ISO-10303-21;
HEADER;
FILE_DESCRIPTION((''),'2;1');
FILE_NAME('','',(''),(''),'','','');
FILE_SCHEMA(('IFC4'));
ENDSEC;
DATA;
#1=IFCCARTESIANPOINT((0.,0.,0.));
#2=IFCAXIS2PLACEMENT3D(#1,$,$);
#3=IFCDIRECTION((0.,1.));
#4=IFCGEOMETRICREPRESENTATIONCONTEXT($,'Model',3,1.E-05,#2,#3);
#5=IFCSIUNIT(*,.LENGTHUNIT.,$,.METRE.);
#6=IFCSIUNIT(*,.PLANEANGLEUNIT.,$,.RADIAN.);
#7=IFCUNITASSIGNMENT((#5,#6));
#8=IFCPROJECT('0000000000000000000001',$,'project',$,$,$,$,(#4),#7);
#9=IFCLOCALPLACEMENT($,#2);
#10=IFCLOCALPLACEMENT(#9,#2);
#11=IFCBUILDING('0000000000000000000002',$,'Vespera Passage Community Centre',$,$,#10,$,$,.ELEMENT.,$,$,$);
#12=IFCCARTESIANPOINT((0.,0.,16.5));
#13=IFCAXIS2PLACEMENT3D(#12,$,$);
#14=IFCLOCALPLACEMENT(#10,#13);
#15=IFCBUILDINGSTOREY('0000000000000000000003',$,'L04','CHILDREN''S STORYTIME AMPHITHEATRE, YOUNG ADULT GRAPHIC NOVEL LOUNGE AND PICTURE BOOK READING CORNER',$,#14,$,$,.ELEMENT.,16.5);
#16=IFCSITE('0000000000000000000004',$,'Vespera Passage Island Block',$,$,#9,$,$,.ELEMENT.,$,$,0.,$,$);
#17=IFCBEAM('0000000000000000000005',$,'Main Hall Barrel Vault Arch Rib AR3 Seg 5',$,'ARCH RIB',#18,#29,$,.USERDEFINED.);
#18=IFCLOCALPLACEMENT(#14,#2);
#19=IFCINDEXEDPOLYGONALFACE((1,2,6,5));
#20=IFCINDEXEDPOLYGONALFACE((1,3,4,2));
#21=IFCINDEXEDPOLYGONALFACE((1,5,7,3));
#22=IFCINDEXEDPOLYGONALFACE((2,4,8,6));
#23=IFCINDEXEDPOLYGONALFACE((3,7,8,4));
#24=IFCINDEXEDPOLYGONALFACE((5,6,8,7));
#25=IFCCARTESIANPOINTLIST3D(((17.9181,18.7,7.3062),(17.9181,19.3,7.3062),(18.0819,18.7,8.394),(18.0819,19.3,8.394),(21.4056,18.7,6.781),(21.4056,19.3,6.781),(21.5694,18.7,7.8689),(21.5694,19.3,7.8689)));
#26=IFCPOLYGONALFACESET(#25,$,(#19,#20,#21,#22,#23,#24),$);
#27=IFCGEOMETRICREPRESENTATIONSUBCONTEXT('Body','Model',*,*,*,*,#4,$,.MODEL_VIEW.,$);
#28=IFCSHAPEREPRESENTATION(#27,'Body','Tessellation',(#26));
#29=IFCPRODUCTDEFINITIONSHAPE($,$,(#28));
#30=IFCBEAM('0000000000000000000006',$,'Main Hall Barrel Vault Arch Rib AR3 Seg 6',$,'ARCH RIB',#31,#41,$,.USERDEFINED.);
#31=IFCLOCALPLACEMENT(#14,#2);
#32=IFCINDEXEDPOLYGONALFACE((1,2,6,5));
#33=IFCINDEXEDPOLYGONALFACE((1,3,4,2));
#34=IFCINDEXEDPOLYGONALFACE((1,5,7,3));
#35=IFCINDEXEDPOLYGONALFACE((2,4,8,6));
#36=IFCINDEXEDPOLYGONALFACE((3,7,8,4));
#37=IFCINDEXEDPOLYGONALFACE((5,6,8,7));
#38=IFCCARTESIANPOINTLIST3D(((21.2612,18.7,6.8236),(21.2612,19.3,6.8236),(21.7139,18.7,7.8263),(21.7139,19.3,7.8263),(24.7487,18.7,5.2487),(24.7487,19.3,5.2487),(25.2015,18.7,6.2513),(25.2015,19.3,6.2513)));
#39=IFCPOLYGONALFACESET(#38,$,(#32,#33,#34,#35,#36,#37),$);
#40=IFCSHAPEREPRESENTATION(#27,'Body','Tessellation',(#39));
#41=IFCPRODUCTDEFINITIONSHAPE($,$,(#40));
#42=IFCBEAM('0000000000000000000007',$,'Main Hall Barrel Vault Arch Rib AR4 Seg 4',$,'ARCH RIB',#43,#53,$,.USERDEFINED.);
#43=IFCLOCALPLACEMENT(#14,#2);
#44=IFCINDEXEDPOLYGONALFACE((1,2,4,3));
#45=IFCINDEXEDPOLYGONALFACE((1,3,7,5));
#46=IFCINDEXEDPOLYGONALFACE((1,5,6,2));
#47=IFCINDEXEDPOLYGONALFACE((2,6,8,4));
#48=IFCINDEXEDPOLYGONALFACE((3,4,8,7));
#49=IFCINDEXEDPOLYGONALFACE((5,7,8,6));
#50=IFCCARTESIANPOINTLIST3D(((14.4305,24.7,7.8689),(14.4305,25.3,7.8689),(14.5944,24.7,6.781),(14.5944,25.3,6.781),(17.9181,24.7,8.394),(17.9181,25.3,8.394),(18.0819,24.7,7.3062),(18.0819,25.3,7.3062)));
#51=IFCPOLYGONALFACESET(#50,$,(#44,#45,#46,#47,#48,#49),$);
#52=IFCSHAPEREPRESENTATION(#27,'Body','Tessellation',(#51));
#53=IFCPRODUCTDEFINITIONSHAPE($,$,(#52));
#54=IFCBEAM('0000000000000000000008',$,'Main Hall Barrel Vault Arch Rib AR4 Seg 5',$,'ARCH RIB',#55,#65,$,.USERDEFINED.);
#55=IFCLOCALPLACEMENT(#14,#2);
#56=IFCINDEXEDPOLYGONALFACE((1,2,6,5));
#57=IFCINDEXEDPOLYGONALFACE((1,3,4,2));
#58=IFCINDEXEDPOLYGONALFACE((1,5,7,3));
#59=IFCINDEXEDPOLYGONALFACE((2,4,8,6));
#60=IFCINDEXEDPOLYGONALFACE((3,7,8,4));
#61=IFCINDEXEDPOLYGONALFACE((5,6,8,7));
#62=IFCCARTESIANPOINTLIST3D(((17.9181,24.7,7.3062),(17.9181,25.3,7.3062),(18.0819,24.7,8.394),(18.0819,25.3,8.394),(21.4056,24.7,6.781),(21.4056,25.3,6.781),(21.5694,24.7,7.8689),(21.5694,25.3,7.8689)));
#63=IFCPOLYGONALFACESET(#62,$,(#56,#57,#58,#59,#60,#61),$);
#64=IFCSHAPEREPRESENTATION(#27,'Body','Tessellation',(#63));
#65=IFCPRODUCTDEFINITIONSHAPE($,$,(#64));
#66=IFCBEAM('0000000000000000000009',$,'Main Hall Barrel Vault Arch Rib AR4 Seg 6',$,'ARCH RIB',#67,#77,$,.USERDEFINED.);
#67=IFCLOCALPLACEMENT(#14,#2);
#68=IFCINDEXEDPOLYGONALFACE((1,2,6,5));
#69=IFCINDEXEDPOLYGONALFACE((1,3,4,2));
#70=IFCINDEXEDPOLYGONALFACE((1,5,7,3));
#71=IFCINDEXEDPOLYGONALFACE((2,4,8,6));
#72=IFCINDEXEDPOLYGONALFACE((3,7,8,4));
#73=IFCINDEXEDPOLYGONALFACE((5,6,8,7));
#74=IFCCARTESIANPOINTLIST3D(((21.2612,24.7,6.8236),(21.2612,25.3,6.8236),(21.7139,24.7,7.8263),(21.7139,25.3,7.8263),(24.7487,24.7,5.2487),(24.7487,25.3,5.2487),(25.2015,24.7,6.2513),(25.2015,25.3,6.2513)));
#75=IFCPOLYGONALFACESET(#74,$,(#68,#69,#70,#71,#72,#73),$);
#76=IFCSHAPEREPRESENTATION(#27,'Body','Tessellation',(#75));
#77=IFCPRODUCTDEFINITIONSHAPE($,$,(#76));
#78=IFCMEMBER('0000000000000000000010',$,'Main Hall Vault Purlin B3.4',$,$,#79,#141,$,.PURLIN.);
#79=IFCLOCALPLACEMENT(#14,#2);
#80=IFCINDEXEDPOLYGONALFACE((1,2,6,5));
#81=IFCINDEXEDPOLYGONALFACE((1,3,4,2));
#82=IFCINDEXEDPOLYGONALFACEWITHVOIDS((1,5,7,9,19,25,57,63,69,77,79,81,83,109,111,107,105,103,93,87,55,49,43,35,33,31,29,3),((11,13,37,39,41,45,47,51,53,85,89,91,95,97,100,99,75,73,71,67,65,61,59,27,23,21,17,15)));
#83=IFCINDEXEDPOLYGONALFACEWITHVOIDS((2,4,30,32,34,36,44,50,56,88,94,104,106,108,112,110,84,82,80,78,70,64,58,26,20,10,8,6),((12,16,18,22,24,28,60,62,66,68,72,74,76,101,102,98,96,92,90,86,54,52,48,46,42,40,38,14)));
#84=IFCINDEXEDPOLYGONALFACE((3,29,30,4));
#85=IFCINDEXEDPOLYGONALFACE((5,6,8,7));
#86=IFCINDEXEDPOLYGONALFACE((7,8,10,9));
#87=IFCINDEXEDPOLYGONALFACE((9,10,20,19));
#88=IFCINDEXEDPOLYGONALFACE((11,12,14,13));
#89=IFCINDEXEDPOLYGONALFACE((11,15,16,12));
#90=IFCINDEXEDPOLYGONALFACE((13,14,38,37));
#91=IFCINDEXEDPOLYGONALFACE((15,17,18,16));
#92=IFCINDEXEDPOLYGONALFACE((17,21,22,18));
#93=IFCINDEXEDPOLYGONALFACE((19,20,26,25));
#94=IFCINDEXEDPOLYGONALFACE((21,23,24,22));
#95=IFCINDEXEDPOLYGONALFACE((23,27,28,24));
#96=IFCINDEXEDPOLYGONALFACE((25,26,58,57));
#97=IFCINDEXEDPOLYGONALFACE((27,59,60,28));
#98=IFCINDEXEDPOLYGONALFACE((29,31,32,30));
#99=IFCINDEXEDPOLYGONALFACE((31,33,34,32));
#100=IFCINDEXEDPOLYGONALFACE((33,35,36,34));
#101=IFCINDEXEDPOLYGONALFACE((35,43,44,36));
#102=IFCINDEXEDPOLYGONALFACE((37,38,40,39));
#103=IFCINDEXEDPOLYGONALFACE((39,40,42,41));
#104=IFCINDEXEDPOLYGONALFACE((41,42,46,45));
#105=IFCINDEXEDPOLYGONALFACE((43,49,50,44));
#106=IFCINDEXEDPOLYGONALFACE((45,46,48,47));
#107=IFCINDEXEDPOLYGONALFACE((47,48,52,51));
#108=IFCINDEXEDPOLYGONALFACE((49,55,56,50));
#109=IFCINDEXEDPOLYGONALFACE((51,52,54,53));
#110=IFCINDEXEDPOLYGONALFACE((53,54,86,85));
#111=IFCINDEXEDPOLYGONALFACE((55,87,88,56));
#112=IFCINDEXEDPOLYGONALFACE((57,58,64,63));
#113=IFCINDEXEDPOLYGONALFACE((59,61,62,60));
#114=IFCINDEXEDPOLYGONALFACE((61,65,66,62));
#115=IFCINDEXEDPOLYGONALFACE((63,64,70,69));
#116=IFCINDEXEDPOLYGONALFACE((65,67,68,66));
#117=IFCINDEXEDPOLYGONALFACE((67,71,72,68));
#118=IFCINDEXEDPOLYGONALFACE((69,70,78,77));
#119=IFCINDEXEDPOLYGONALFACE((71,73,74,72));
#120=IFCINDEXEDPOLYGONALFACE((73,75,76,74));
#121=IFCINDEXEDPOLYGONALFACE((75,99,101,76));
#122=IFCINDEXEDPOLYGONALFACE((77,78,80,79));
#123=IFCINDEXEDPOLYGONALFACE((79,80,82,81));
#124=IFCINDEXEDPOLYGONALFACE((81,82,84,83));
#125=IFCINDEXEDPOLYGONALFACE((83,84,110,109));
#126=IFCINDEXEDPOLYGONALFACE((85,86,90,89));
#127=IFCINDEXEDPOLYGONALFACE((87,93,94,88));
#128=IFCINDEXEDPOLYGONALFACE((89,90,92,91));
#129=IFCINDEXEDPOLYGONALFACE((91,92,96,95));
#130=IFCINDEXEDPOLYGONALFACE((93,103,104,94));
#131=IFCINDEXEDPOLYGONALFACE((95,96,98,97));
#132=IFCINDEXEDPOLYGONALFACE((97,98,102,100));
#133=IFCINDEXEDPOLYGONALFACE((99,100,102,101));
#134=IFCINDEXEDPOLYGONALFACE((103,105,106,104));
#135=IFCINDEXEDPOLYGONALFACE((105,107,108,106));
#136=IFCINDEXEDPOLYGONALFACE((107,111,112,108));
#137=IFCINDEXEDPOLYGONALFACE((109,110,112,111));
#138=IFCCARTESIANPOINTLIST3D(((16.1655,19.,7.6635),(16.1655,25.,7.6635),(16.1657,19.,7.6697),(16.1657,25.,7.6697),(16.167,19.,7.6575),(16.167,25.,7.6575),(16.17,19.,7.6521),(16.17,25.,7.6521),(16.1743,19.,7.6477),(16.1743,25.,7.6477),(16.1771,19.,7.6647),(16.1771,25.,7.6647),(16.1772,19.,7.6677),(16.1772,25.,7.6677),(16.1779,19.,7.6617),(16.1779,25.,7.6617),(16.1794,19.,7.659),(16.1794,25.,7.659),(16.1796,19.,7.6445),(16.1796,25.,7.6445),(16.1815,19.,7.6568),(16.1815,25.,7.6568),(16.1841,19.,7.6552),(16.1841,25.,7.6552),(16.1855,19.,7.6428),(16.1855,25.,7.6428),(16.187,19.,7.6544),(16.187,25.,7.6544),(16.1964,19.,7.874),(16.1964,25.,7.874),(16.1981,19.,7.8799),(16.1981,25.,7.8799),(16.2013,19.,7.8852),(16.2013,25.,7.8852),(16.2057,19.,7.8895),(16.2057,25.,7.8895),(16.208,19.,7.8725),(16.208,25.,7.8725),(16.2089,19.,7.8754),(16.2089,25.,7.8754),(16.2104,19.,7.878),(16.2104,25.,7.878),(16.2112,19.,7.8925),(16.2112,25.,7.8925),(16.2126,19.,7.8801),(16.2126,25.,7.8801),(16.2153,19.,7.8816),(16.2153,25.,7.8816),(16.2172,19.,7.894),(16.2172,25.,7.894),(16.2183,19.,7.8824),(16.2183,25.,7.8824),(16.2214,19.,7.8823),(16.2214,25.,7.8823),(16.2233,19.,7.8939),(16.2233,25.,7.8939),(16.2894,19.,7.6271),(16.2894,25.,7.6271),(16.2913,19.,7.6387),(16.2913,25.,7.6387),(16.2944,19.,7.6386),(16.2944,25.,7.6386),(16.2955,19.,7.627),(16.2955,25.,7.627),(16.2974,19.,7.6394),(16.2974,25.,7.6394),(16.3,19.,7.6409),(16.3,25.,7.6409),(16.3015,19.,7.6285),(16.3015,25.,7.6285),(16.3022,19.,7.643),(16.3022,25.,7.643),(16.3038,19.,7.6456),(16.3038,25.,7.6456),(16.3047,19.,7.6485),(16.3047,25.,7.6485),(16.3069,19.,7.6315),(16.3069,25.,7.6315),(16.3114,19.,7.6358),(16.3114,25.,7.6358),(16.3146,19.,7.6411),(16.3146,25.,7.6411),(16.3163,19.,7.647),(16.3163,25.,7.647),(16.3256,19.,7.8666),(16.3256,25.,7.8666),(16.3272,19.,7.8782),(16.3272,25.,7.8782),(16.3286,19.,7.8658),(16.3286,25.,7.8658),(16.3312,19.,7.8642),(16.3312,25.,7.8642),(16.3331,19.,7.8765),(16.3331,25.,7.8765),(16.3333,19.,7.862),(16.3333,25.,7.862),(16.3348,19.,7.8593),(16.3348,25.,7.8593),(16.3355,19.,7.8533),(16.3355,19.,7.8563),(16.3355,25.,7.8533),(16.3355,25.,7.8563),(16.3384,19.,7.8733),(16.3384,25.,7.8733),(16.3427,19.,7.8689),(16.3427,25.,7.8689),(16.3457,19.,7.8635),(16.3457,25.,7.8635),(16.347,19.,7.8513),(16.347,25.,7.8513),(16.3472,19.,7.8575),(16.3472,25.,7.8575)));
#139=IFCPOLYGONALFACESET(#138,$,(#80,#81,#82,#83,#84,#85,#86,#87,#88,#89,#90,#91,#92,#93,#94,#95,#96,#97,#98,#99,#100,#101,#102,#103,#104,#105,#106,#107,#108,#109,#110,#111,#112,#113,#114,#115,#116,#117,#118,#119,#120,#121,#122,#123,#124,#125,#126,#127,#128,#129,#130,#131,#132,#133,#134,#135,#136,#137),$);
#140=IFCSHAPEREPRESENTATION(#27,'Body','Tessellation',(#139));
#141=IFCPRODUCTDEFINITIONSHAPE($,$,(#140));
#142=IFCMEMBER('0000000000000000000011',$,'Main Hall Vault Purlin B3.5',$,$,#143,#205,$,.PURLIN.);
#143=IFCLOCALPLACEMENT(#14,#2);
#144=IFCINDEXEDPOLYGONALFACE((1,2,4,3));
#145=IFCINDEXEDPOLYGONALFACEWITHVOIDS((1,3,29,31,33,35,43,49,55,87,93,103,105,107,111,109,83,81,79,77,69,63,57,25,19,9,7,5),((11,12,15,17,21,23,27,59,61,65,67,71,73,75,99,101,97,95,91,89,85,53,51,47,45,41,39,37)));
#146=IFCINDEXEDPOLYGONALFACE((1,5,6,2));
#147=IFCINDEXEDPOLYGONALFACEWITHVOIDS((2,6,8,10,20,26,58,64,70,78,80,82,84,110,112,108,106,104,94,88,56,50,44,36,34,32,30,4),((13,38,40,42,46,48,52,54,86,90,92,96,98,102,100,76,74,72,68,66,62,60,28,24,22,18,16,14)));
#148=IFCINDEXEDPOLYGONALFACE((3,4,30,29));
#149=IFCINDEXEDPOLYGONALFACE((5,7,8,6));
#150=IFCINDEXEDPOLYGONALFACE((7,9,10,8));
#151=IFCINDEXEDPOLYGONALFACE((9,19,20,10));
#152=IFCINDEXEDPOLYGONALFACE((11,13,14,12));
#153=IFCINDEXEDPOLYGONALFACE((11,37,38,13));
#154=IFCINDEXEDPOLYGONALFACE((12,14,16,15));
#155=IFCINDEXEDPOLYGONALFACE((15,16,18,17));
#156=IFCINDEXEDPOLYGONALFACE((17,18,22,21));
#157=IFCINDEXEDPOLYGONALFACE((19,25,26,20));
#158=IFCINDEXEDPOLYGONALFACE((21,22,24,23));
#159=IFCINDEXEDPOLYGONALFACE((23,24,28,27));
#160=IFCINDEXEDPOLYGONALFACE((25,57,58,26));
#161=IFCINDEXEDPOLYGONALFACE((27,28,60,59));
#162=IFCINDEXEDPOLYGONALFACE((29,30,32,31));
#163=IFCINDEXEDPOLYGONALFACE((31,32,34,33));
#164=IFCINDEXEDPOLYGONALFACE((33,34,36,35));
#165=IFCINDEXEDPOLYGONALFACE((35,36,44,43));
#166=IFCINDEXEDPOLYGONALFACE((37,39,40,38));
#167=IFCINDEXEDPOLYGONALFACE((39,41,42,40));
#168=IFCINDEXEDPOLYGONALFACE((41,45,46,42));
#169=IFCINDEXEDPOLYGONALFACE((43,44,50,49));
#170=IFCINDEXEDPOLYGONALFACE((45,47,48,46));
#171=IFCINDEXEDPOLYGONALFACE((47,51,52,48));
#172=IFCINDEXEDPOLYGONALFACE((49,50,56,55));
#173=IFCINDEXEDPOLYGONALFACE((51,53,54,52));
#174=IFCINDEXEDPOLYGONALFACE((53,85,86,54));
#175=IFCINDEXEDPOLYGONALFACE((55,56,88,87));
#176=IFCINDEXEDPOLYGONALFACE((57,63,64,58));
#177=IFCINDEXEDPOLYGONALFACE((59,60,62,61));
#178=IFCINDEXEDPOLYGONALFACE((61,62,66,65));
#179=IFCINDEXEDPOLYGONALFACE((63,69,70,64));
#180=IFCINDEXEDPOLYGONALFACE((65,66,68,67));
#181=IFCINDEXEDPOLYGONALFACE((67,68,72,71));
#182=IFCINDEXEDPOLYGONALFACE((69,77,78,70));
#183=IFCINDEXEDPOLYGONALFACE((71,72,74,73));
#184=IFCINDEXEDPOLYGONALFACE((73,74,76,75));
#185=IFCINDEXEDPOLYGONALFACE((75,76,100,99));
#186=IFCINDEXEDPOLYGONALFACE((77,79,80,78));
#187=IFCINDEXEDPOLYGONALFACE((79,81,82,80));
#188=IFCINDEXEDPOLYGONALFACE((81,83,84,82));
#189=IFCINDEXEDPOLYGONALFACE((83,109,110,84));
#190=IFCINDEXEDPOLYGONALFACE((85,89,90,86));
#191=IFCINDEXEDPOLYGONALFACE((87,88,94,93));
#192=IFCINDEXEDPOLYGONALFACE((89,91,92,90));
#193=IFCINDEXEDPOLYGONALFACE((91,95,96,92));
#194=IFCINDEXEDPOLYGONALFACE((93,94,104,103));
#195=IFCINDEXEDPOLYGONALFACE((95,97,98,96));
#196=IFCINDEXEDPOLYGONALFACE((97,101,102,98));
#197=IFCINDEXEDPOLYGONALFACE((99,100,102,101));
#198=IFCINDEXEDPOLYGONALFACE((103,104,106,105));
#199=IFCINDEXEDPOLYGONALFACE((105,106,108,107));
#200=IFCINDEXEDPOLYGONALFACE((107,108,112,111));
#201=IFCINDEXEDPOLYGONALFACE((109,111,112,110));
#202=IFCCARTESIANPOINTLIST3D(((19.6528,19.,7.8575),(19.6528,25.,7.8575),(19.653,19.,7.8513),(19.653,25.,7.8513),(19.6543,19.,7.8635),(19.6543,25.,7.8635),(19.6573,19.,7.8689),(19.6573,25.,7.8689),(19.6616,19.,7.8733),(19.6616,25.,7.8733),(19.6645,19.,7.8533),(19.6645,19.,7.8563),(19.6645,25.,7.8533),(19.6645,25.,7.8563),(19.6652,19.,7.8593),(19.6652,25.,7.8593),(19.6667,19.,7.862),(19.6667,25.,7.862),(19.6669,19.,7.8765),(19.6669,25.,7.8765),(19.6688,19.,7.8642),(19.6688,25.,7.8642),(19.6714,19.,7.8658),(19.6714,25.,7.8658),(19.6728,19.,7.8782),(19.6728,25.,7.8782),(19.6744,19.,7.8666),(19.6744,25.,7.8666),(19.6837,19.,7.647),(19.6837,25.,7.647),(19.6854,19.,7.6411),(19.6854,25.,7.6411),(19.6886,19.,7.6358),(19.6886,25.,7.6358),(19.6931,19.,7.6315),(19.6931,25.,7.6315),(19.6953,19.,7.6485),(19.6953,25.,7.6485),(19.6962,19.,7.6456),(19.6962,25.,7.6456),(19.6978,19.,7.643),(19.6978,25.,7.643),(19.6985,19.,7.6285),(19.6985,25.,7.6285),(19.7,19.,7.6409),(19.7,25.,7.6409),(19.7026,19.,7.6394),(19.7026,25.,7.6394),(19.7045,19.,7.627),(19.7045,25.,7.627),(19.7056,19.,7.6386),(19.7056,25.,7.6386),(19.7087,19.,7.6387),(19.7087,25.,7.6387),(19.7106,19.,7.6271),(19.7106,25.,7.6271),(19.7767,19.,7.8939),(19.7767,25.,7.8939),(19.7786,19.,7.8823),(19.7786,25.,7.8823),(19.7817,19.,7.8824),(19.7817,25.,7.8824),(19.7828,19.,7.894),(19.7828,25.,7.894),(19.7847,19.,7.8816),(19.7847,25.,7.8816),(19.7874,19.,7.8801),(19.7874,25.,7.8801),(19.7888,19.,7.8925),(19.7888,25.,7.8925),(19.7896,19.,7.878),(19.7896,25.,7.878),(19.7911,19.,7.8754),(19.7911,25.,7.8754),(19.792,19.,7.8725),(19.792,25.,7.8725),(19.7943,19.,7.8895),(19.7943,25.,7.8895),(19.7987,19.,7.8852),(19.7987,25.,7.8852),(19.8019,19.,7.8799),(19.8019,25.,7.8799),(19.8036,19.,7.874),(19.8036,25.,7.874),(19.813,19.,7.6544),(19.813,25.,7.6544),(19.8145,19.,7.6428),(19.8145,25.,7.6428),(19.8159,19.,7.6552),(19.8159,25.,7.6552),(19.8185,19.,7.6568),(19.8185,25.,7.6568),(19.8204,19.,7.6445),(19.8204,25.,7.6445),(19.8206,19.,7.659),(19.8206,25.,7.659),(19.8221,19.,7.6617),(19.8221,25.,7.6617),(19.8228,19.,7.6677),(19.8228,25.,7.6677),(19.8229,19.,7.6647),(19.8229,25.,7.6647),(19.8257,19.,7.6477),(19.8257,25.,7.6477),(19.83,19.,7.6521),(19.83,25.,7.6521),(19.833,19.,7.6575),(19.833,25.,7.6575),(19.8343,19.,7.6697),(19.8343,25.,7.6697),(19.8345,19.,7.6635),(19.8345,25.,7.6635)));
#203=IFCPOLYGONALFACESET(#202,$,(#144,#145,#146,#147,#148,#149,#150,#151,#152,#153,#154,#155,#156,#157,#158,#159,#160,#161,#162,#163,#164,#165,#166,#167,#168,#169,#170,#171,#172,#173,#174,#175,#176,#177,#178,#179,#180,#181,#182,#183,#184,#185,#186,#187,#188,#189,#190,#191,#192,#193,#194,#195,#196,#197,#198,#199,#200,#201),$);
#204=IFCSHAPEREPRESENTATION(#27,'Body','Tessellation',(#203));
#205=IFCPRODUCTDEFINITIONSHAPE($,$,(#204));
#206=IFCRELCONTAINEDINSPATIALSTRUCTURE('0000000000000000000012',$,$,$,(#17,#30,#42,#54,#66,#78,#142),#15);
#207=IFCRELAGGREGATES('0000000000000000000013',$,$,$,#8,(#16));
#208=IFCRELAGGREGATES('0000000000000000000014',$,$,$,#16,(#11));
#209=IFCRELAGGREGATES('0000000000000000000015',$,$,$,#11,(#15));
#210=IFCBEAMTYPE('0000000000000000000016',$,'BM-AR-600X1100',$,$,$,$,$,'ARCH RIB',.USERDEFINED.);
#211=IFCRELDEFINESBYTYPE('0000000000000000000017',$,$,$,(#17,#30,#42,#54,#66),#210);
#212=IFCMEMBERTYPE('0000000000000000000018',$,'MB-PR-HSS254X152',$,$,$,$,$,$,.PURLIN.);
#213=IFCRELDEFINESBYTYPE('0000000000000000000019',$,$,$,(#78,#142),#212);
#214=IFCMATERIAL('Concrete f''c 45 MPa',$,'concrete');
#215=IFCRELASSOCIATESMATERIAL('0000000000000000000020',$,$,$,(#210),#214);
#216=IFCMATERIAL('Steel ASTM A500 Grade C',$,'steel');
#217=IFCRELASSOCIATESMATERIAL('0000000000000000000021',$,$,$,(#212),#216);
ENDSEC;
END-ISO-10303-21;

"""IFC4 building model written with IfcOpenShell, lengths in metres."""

from ifc_helpers import new_model, si_unit, direction, frame, origin, origin_2d, place, context, subcontext, project, spatial, rectangle, hollow_rectangle, extrude, material, material_profile, profile_set, type_object, element, save


model = new_model("IFC4")

# Units and contexts
model_context = context("Model", 3, precision=1e-05, world=origin(), true_north=direction((0.0, 1.0)))
body_context = subcontext(model_context, "Body", "Model", "MODEL_VIEW")
ifc_project = project(units=[si_unit("LENGTHUNIT", "METRE"), si_unit("PLANEANGLEUNIT", "RADIAN")], contexts=[model_context])

# Site, building, storey
site_placement = place(None, origin())
site = spatial("IfcSite", under=ifc_project, at=site_placement, Name="Vespera Passage Island Block", CompositionType="ELEMENT", RefElevation=0.0)
building_placement = place(site_placement, origin())
building = spatial("IfcBuilding", under=site, at=building_placement, Name="Vespera Passage Community Centre", CompositionType="ELEMENT")
storey_placement = place(building_placement, frame((0.0, 0.0, 16.5)))
storey = spatial("IfcBuildingStorey", under=building, at=storey_placement, Name="L04", Description="CHILDREN'S STORYTIME AMPHITHEATRE, YOUNG ADULT GRAPHIC NOVEL LOUNGE AND PICTURE BOOK READING CORNER", CompositionType="ELEMENT", Elevation=16.5)

# Beams
ifc_material_1 = material(Name="Concrete f'c 45 MPa", Category="concrete")
ifc_material_profile_1 = material_profile(ifc_material_1, rectangle(XDim=0.6001, YDim=1.1001, at=origin_2d()), Name="RC600X1100")
ifc_profile_set_1 = profile_set([ifc_material_profile_1], Name="Concrete f'c 45 MPa")
beam_type = type_object("IfcBeamType", Name="BM-AR-600X1100", ElementType="ARCH RIB", PredefinedType="USERDEFINED", material=ifc_profile_set_1)
beam_1_placement = place(storey_placement, frame((18.0, 19.0, 7.8501), z_axis=(0.988852, 0.0, -0.148899), x_axis=(0.0, 1.0, 0.0)))
element("IfcBeam", 1, at=beam_1_placement, inside=storey, type_object=beam_type, Name="Main Hall Barrel Vault Arch Rib AR3 Seg 5", ObjectType="ARCH RIB", PredefinedType="USERDEFINED", context=body_context, shape_type="SweptSolid", body=[
    extrude(rectangle(XDim=0.6001, YDim=1.1001, at=origin_2d()), origin(), (0.0, 0.0, 1.0), 3.5269),
])
beam_2_placement = place(storey_placement, frame((21.4875, 19.0, 7.325), z_axis=(0.911378, 0.0, -0.411571), x_axis=(0.0, 1.0, 0.0)))
element("IfcBeam", 2, at=beam_2_placement, inside=storey, type_object=beam_type, Name="Main Hall Barrel Vault Arch Rib AR3 Seg 6", ObjectType="ARCH RIB", PredefinedType="USERDEFINED", context=body_context, shape_type="SweptSolid", body=[
    extrude(rectangle(XDim=0.6001, YDim=1.1001, at=origin_2d()), origin(), (0.0, 0.0, 1.0), 3.8267),
])
for number, where, z_axis, x_axis, name in (
    (3, (14.5125, 25.0, 7.325), (0.988852, 0.0, 0.148899), (0.0, 1.0, 0.0), "Main Hall Barrel Vault Arch Rib AR4 Seg 4"),
    (4, (18.0, 25.0, 7.8501), (0.988852, 0.0, -0.148899), (0.0, 1.0, 0.0), "Main Hall Barrel Vault Arch Rib AR4 Seg 5"),
):
    element("IfcBeam", number, at=place(storey_placement, frame(where, z_axis=z_axis, x_axis=x_axis)), inside=storey, type_object=beam_type, Name=name, ObjectType="ARCH RIB", PredefinedType="USERDEFINED", context=body_context, shape_type="SweptSolid", body=[
        extrude(rectangle(XDim=0.6001, YDim=1.1001, at=origin_2d()), origin(), (0.0, 0.0, 1.0), 3.5269),
    ])
beam_3_placement = place(storey_placement, frame((21.4875, 25.0, 7.325), z_axis=(0.911378, 0.0, -0.411571), x_axis=(0.0, 1.0, 0.0)))
element("IfcBeam", 5, at=beam_3_placement, inside=storey, type_object=beam_type, Name="Main Hall Barrel Vault Arch Rib AR4 Seg 6", ObjectType="ARCH RIB", PredefinedType="USERDEFINED", context=body_context, shape_type="SweptSolid", body=[
    extrude(rectangle(XDim=0.6001, YDim=1.1001, at=origin_2d()), origin(), (0.0, 0.0, 1.0), 3.8267),
])

# Members
ifc_material_2 = material(Name="Steel ASTM A500 Grade C", Category="steel")
ifc_material_profile_2 = material_profile(ifc_material_2, hollow_rectangle(XDim=0.1523, YDim=0.2539, WallThickness=0.0117, InnerFilletRadius=0.0117, OuterFilletRadius=0.0237, at=origin_2d()), Name="HSS254X152X12.7")
ifc_profile_set_2 = profile_set([ifc_material_profile_2], Name="Steel ASTM A500 Grade C")
member_type_1 = type_object("IfcMemberType", Name="MB-PR-HSS254X152", PredefinedType="PURLIN", material=ifc_profile_set_2)
for number, where, z_axis, x_axis, name in (
    (6, (16.2563, 19.0, 7.7605), (0.0, 1.0, 0.0), (-0.988858, 0.0, 0.148862), "Main Hall Vault Purlin B3.4"),
    (7, (19.7437, 19.0, 7.7605), (0.0, 1.0, 0.0), (-0.988858, 0.0, -0.148862), "Main Hall Vault Purlin B3.5"),
):
    element("IfcMember", number, at=place(storey_placement, frame(where, z_axis=z_axis, x_axis=x_axis)), inside=storey, type_object=member_type_1, Name=name, PredefinedType="PURLIN", context=body_context, shape_type="SweptSolid", body=[
        extrude(hollow_rectangle(XDim=0.1523, YDim=0.2539, WallThickness=0.0117, InnerFilletRadius=0.0117, OuterFilletRadius=0.0237, at=origin_2d()), origin(), (0.0, 0.0, 1.0), 6.0),
    ])

save(model, "model.ifc")
